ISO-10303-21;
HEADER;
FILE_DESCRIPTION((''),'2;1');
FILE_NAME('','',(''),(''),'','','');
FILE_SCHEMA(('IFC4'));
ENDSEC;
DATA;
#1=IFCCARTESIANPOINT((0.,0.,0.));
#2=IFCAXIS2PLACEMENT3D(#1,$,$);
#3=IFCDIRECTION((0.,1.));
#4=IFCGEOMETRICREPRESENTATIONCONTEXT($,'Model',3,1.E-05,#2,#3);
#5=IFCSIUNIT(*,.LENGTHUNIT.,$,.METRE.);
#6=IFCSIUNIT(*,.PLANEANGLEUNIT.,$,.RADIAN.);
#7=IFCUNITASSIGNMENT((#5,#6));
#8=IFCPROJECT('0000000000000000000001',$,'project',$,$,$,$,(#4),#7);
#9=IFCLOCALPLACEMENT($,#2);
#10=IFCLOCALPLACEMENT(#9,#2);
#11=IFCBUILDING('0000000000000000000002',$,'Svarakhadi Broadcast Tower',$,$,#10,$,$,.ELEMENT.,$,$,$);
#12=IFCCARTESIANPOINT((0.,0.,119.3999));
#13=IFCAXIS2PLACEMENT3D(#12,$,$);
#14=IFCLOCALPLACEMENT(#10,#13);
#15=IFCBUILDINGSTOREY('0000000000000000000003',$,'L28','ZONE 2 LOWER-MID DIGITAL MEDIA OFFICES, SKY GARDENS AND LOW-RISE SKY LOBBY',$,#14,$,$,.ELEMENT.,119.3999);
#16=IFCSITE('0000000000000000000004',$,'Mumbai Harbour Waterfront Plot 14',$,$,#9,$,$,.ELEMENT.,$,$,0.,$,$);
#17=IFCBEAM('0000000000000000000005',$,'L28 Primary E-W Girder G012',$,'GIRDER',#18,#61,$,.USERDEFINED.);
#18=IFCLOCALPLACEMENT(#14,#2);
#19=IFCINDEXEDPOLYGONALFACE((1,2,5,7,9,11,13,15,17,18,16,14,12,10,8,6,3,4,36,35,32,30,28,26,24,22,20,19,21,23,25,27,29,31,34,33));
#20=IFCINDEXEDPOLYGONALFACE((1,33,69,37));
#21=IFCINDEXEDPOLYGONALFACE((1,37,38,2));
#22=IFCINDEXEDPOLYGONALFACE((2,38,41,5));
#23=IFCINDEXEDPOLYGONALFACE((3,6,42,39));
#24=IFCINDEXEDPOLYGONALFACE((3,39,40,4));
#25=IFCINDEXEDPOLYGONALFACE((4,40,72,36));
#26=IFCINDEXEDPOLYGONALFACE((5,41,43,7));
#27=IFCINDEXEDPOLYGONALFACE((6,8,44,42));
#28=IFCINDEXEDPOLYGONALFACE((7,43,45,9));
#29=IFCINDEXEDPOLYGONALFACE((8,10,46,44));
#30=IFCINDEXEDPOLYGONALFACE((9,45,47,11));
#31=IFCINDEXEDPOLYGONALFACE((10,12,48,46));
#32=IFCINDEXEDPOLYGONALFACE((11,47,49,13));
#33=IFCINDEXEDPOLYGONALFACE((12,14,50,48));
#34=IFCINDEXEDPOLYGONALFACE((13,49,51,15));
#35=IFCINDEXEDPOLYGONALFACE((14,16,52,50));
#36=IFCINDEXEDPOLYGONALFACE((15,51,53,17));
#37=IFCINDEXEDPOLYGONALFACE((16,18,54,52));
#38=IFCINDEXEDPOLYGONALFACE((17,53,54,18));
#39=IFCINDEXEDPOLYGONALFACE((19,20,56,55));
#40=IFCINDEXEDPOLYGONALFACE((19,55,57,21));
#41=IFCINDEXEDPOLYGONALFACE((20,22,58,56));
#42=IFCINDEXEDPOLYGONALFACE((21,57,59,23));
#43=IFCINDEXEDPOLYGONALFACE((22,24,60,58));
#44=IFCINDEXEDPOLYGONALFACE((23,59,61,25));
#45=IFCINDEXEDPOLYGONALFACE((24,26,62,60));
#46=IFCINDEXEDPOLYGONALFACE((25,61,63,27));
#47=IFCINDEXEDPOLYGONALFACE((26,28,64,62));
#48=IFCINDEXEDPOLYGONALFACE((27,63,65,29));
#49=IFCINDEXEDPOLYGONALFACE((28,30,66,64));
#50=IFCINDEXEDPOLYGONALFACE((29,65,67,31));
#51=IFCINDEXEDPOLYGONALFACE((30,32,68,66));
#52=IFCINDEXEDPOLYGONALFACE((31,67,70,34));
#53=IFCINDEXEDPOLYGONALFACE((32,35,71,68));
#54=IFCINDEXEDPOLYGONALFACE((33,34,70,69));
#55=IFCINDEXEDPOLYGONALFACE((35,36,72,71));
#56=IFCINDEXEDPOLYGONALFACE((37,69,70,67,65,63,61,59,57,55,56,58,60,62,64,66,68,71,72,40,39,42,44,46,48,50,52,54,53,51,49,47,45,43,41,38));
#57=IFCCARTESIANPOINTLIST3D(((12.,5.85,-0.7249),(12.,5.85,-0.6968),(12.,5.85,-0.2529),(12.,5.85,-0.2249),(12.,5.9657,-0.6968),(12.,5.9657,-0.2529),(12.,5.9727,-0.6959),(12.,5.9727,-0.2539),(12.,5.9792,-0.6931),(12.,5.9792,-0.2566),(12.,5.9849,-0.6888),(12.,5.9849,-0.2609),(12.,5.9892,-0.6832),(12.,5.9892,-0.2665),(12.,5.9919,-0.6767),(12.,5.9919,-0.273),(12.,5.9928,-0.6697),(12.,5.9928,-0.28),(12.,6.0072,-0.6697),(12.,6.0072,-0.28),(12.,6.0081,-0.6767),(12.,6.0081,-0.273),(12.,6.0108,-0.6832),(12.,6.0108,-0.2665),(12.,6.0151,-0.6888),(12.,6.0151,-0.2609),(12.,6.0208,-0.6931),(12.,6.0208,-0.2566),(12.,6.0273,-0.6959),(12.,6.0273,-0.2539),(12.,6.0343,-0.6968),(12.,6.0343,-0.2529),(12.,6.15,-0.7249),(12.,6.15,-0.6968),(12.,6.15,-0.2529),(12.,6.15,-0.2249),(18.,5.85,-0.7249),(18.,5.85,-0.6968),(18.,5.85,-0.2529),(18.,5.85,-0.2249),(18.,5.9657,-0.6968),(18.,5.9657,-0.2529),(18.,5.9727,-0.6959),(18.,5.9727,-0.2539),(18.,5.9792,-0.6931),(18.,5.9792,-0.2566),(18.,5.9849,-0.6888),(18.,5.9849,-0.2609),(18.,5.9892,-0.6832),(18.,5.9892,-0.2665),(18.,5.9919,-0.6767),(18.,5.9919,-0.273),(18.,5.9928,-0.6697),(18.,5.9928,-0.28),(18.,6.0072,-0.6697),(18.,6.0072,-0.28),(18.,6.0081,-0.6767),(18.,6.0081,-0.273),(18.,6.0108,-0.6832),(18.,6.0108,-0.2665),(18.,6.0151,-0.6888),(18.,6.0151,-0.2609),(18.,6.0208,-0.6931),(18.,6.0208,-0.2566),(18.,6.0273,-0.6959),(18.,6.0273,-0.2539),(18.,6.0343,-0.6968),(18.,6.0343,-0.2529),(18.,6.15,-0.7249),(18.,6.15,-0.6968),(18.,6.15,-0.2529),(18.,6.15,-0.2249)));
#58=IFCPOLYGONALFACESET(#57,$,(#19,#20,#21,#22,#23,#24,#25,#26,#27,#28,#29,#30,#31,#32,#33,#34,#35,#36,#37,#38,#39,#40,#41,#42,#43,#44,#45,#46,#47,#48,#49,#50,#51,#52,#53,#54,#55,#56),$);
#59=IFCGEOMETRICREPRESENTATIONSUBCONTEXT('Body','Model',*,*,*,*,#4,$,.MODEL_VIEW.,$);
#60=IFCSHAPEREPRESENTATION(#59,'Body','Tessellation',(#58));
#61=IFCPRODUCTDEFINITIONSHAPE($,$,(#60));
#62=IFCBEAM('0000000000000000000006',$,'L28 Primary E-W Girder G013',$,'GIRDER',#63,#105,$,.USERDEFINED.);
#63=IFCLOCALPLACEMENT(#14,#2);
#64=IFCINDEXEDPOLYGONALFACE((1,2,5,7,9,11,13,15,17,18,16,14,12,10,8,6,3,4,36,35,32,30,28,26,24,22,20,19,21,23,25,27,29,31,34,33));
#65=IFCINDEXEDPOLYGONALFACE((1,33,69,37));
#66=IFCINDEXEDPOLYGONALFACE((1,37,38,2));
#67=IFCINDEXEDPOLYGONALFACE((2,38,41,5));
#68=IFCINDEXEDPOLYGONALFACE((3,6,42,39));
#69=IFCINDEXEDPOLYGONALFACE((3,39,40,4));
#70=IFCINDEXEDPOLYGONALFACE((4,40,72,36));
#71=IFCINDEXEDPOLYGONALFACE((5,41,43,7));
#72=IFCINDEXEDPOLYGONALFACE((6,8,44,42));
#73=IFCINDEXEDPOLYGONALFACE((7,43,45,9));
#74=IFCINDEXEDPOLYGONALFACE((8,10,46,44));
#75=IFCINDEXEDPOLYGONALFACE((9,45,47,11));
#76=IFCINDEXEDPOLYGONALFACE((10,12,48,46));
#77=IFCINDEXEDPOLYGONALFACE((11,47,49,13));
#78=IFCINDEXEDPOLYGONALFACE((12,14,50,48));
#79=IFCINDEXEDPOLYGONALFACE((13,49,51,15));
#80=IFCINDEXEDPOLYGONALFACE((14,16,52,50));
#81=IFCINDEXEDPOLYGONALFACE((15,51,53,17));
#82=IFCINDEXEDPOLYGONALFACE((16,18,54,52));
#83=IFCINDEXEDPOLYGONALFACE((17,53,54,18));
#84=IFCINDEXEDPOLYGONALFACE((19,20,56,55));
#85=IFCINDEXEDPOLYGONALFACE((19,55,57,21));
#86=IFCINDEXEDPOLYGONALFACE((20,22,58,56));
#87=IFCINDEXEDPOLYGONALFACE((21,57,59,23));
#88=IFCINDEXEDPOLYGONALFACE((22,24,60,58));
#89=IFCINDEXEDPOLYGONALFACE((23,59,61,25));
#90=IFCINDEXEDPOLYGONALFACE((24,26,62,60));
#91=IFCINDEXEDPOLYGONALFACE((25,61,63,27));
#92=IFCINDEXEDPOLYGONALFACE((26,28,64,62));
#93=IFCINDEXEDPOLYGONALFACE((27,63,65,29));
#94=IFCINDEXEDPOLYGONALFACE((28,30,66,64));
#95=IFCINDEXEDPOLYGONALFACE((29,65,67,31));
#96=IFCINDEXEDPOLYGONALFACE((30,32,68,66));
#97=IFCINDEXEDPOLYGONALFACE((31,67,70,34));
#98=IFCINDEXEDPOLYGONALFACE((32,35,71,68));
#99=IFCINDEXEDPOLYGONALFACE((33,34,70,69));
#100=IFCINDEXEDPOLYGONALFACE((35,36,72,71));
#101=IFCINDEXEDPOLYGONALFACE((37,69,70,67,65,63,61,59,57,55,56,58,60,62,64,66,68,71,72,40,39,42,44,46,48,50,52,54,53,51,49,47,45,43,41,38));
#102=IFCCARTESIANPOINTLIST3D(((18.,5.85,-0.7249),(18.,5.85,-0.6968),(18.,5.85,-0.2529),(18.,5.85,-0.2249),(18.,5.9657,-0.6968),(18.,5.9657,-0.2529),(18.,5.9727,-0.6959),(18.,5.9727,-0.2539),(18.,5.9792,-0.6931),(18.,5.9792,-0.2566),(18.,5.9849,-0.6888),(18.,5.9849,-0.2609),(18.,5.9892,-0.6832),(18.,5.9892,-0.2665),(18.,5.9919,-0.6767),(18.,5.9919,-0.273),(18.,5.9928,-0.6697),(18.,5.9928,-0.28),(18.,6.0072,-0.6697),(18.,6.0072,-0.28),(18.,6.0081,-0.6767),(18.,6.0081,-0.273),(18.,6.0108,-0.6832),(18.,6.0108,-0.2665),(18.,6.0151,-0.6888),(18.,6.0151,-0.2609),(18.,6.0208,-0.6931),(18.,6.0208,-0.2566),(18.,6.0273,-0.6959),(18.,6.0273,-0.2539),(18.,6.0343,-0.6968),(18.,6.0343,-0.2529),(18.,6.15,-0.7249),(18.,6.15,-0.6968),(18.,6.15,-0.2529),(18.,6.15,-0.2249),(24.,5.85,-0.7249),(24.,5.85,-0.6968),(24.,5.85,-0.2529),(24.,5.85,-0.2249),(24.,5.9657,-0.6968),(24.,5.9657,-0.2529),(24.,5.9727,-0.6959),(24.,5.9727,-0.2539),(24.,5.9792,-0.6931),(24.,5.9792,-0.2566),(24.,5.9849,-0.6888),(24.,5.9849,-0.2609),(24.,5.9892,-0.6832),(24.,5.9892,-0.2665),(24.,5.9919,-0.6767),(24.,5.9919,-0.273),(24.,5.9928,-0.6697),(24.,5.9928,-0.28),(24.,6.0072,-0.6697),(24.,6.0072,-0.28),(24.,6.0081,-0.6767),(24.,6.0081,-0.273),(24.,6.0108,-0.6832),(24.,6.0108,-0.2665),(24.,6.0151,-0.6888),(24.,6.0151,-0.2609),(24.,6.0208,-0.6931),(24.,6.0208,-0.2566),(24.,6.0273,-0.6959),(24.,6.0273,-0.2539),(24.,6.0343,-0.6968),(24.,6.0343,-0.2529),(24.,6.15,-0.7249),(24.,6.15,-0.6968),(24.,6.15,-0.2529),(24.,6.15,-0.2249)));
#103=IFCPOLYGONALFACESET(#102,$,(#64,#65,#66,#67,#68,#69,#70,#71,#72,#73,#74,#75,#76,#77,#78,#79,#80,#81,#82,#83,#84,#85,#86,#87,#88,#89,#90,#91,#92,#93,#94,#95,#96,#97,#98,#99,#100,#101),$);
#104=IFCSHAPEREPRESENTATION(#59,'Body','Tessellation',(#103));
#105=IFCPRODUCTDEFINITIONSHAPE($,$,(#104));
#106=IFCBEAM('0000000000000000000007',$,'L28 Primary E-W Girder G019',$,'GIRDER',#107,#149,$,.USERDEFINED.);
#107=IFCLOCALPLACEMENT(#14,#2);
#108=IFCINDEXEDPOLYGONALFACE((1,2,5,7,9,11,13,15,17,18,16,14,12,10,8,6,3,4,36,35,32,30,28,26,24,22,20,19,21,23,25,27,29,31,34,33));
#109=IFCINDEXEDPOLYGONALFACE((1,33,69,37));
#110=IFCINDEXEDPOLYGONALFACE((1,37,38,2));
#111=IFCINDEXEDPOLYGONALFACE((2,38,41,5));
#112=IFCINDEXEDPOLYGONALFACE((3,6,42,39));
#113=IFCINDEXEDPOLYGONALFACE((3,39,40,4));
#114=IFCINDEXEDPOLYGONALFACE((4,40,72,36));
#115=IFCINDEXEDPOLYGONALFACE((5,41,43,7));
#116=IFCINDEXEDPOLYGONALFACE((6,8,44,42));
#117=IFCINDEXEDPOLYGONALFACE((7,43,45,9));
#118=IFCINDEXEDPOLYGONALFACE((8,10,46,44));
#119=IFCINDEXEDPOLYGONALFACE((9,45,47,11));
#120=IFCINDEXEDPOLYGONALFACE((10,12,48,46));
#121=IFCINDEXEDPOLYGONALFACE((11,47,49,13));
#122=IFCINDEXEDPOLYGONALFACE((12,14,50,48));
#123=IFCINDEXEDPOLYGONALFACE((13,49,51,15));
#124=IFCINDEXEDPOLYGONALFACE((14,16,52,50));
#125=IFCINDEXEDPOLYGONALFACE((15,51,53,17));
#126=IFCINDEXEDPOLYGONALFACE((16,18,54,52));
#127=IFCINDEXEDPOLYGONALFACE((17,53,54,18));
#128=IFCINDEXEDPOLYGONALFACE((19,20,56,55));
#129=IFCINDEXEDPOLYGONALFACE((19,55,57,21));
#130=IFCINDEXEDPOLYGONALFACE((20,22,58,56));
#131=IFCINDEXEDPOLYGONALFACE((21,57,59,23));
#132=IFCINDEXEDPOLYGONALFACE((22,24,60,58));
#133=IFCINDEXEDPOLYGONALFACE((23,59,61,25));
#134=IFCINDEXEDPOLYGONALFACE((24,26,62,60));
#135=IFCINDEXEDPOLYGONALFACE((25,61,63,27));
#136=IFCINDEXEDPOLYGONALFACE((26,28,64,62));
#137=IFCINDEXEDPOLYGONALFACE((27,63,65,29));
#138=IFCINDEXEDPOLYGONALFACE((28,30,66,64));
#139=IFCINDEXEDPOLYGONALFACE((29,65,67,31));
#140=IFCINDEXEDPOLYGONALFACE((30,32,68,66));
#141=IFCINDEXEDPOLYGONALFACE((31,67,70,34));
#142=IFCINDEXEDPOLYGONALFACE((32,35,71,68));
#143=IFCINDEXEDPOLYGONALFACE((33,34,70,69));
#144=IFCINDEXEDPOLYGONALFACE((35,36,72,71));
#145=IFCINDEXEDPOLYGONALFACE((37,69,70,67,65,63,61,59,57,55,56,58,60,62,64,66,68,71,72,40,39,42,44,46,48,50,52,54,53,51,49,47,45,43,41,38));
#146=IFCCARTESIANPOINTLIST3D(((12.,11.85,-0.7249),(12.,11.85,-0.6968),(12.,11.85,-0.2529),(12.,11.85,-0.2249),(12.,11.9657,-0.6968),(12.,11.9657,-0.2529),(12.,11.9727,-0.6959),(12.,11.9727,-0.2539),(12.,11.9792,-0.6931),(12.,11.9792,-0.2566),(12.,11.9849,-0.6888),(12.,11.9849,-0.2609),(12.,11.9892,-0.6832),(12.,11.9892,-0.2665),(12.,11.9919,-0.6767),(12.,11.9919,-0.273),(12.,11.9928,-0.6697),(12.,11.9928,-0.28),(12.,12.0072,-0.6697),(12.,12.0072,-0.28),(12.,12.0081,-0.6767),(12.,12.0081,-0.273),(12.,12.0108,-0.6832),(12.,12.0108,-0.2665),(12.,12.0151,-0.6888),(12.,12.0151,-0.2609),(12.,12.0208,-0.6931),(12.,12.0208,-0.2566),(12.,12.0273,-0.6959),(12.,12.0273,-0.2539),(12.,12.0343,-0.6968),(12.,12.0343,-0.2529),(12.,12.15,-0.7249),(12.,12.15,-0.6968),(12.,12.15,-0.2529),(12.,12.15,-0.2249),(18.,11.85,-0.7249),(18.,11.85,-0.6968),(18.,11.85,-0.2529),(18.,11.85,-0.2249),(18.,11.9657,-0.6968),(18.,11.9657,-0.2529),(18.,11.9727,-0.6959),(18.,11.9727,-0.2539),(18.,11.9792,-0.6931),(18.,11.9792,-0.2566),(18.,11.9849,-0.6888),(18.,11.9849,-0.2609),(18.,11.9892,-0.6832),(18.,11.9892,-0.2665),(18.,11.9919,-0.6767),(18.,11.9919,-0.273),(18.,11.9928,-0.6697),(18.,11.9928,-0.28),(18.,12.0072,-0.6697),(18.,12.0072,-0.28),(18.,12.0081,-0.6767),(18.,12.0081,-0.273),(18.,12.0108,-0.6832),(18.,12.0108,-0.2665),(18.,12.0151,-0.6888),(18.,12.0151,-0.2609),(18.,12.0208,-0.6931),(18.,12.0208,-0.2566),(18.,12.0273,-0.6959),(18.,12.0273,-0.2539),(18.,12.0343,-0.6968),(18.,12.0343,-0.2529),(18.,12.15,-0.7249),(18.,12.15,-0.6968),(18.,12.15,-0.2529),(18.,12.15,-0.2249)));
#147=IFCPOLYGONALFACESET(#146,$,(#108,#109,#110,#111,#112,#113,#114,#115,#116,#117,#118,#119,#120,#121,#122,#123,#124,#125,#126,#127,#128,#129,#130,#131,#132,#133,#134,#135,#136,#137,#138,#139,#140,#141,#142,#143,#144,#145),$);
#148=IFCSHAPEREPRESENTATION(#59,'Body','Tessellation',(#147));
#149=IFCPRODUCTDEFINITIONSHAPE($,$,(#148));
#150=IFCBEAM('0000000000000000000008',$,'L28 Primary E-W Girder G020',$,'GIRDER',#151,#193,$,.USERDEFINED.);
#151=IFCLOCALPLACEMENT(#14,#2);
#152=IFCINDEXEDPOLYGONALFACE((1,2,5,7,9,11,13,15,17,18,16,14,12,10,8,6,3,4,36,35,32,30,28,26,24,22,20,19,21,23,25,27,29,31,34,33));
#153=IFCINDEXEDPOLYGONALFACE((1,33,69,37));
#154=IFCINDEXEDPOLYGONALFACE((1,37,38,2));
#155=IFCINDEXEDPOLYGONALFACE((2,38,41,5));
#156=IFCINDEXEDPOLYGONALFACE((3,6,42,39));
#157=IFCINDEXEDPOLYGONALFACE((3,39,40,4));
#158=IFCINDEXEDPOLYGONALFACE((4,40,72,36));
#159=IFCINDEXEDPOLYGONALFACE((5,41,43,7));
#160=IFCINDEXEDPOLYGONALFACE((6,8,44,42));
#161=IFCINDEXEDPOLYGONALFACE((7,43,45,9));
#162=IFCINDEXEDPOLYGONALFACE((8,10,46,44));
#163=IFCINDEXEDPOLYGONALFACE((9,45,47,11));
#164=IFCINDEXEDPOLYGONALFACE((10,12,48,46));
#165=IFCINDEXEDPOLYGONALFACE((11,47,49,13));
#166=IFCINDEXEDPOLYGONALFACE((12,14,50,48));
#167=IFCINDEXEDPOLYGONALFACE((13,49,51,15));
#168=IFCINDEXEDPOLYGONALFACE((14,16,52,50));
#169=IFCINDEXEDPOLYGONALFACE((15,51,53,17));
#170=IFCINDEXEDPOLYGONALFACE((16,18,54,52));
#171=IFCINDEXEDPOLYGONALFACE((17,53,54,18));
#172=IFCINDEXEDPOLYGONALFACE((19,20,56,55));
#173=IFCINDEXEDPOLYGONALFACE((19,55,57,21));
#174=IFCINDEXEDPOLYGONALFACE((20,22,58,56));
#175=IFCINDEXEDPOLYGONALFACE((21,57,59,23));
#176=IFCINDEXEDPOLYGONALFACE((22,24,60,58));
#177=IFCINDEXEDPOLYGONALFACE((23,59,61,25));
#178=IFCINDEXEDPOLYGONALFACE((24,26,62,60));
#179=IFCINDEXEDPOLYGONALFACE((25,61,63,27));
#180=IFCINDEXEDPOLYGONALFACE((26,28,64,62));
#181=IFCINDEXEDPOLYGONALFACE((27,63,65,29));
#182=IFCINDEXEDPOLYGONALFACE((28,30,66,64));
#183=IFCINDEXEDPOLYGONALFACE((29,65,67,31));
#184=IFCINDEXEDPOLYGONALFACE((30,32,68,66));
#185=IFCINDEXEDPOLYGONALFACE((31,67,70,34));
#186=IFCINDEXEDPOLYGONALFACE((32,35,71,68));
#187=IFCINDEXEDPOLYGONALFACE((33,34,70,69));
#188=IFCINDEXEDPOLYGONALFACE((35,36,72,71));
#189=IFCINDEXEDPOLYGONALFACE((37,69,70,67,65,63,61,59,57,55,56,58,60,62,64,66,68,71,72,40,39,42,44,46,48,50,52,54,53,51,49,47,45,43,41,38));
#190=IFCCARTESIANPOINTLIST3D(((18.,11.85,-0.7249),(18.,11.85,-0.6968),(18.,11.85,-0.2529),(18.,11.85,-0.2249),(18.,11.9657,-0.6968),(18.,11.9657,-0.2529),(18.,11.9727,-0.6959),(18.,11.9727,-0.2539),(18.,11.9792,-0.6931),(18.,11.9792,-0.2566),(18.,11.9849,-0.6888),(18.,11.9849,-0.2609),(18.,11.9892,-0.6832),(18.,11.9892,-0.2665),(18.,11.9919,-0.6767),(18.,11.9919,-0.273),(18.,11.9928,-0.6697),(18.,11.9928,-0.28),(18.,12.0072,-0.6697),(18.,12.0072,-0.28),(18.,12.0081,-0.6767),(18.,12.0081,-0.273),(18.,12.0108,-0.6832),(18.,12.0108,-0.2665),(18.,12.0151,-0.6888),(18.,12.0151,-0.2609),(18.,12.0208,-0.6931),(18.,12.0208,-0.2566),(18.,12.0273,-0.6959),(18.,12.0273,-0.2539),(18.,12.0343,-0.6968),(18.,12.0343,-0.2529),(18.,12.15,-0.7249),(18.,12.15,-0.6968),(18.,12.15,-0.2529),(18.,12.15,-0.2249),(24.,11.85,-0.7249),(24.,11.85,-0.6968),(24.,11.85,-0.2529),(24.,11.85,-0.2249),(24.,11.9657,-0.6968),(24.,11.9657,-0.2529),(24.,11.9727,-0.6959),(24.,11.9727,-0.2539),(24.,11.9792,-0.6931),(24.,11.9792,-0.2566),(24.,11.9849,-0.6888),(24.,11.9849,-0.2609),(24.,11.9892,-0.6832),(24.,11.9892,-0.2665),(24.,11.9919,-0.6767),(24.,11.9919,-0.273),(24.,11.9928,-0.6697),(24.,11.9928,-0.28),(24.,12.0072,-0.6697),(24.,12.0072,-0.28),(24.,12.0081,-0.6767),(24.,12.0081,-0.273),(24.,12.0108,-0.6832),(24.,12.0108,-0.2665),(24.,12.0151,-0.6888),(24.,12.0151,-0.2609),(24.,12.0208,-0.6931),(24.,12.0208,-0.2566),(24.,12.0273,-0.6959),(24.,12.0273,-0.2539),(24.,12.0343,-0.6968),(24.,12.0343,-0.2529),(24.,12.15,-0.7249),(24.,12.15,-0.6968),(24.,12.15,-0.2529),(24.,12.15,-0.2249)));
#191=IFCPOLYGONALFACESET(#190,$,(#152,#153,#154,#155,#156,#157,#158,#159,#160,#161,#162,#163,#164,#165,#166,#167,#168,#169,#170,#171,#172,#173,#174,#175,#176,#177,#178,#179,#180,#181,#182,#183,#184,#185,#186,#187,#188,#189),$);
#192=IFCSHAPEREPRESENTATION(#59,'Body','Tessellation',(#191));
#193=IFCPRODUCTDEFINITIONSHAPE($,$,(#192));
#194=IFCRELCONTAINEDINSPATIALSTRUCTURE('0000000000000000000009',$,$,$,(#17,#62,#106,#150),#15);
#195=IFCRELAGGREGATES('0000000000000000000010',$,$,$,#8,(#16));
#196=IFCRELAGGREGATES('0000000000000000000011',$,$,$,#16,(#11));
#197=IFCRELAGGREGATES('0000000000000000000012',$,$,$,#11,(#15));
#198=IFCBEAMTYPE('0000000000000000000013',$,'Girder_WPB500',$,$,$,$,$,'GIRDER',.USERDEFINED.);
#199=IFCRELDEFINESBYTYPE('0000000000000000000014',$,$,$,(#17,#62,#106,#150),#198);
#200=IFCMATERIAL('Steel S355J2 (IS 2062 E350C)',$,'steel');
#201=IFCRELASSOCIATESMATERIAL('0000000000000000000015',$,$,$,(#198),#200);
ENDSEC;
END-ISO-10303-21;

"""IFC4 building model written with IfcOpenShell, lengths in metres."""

from ifc_helpers import new_model, si_unit, direction, frame, origin, origin_2d, place, context, subcontext, project, spatial, i_section, extrude, material, material_profile, profile_set, type_object, element, save


model = new_model("IFC4")

# Units and contexts
model_context = context("Model", 3, precision=1e-05, world=origin(), true_north=direction((0.0, 1.0)))
body_context = subcontext(model_context, "Body", "Model", "MODEL_VIEW")
ifc_project = project(units=[si_unit("LENGTHUNIT", "METRE"), si_unit("PLANEANGLEUNIT", "RADIAN")], contexts=[model_context])

# Site, building, storey
site_placement = place(None, origin())
site = spatial("IfcSite", under=ifc_project, at=site_placement, Name="Mumbai Harbour Waterfront Plot 14", CompositionType="ELEMENT", RefElevation=0.0)
building_placement = place(site_placement, origin())
building = spatial("IfcBuilding", under=site, at=building_placement, Name="Svarakhadi Broadcast Tower", CompositionType="ELEMENT")
storey_placement = place(building_placement, frame((0.0, 0.0, 119.3999)))
storey = spatial("IfcBuildingStorey", under=building, at=storey_placement, Name="L28", Description="ZONE 2 LOWER-MID DIGITAL MEDIA OFFICES, SKY GARDENS AND LOW-RISE SKY LOBBY", CompositionType="ELEMENT", Elevation=119.3999)

# Beams
ifc_material_1 = material(Name="Steel S355J2 (IS 2062 E350C)", Category="steel")
ifc_material_profile_1 = material_profile(ifc_material_1, i_section(OverallWidth=0.3, OverallDepth=0.5, WebThickness=0.0144, FlangeThickness=0.0281, FilletRadius=0.0271, at=origin_2d()), Name="WPB 500x300x187")
ifc_profile_set_1 = profile_set([ifc_material_profile_1], Name="Steel S355J2 (IS 2062 E350C)")
beam_type_1 = type_object("IfcBeamType", Name="Girder_WPB500", ElementType="GIRDER", PredefinedType="USERDEFINED", material=ifc_profile_set_1)
for number, where, z_axis, x_axis, name in (
    (1, (12.0, 6.0, -0.4749), (1.0, 0.0, 0.0), (0.0, 1.0, 0.0), "L28 Primary E-W Girder G012"),
    (2, (18.0, 6.0, -0.4749), (1.0, 0.0, 0.0), (0.0, 1.0, 0.0), "L28 Primary E-W Girder G013"),
    (3, (12.0, 12.0, -0.4749), (1.0, 0.0, 0.0), (0.0, 1.0, 0.0), "L28 Primary E-W Girder G019"),
    (4, (18.0, 12.0, -0.4749), (1.0, 0.0, 0.0), (0.0, 1.0, 0.0), "L28 Primary E-W Girder G020"),
):
    element("IfcBeam", number, at=place(storey_placement, frame(where, z_axis=z_axis, x_axis=x_axis)), inside=storey, type_object=beam_type_1, Name=name, ObjectType="GIRDER", PredefinedType="USERDEFINED", context=body_context, shape_type="SweptSolid", body=[
        extrude(i_section(OverallWidth=0.3, OverallDepth=0.5, WebThickness=0.0144, FlangeThickness=0.0281, FilletRadius=0.0271, at=origin_2d()), origin(), (0.0, 0.0, 1.0), 6.0),
    ])

save(model, "model.ifc")
